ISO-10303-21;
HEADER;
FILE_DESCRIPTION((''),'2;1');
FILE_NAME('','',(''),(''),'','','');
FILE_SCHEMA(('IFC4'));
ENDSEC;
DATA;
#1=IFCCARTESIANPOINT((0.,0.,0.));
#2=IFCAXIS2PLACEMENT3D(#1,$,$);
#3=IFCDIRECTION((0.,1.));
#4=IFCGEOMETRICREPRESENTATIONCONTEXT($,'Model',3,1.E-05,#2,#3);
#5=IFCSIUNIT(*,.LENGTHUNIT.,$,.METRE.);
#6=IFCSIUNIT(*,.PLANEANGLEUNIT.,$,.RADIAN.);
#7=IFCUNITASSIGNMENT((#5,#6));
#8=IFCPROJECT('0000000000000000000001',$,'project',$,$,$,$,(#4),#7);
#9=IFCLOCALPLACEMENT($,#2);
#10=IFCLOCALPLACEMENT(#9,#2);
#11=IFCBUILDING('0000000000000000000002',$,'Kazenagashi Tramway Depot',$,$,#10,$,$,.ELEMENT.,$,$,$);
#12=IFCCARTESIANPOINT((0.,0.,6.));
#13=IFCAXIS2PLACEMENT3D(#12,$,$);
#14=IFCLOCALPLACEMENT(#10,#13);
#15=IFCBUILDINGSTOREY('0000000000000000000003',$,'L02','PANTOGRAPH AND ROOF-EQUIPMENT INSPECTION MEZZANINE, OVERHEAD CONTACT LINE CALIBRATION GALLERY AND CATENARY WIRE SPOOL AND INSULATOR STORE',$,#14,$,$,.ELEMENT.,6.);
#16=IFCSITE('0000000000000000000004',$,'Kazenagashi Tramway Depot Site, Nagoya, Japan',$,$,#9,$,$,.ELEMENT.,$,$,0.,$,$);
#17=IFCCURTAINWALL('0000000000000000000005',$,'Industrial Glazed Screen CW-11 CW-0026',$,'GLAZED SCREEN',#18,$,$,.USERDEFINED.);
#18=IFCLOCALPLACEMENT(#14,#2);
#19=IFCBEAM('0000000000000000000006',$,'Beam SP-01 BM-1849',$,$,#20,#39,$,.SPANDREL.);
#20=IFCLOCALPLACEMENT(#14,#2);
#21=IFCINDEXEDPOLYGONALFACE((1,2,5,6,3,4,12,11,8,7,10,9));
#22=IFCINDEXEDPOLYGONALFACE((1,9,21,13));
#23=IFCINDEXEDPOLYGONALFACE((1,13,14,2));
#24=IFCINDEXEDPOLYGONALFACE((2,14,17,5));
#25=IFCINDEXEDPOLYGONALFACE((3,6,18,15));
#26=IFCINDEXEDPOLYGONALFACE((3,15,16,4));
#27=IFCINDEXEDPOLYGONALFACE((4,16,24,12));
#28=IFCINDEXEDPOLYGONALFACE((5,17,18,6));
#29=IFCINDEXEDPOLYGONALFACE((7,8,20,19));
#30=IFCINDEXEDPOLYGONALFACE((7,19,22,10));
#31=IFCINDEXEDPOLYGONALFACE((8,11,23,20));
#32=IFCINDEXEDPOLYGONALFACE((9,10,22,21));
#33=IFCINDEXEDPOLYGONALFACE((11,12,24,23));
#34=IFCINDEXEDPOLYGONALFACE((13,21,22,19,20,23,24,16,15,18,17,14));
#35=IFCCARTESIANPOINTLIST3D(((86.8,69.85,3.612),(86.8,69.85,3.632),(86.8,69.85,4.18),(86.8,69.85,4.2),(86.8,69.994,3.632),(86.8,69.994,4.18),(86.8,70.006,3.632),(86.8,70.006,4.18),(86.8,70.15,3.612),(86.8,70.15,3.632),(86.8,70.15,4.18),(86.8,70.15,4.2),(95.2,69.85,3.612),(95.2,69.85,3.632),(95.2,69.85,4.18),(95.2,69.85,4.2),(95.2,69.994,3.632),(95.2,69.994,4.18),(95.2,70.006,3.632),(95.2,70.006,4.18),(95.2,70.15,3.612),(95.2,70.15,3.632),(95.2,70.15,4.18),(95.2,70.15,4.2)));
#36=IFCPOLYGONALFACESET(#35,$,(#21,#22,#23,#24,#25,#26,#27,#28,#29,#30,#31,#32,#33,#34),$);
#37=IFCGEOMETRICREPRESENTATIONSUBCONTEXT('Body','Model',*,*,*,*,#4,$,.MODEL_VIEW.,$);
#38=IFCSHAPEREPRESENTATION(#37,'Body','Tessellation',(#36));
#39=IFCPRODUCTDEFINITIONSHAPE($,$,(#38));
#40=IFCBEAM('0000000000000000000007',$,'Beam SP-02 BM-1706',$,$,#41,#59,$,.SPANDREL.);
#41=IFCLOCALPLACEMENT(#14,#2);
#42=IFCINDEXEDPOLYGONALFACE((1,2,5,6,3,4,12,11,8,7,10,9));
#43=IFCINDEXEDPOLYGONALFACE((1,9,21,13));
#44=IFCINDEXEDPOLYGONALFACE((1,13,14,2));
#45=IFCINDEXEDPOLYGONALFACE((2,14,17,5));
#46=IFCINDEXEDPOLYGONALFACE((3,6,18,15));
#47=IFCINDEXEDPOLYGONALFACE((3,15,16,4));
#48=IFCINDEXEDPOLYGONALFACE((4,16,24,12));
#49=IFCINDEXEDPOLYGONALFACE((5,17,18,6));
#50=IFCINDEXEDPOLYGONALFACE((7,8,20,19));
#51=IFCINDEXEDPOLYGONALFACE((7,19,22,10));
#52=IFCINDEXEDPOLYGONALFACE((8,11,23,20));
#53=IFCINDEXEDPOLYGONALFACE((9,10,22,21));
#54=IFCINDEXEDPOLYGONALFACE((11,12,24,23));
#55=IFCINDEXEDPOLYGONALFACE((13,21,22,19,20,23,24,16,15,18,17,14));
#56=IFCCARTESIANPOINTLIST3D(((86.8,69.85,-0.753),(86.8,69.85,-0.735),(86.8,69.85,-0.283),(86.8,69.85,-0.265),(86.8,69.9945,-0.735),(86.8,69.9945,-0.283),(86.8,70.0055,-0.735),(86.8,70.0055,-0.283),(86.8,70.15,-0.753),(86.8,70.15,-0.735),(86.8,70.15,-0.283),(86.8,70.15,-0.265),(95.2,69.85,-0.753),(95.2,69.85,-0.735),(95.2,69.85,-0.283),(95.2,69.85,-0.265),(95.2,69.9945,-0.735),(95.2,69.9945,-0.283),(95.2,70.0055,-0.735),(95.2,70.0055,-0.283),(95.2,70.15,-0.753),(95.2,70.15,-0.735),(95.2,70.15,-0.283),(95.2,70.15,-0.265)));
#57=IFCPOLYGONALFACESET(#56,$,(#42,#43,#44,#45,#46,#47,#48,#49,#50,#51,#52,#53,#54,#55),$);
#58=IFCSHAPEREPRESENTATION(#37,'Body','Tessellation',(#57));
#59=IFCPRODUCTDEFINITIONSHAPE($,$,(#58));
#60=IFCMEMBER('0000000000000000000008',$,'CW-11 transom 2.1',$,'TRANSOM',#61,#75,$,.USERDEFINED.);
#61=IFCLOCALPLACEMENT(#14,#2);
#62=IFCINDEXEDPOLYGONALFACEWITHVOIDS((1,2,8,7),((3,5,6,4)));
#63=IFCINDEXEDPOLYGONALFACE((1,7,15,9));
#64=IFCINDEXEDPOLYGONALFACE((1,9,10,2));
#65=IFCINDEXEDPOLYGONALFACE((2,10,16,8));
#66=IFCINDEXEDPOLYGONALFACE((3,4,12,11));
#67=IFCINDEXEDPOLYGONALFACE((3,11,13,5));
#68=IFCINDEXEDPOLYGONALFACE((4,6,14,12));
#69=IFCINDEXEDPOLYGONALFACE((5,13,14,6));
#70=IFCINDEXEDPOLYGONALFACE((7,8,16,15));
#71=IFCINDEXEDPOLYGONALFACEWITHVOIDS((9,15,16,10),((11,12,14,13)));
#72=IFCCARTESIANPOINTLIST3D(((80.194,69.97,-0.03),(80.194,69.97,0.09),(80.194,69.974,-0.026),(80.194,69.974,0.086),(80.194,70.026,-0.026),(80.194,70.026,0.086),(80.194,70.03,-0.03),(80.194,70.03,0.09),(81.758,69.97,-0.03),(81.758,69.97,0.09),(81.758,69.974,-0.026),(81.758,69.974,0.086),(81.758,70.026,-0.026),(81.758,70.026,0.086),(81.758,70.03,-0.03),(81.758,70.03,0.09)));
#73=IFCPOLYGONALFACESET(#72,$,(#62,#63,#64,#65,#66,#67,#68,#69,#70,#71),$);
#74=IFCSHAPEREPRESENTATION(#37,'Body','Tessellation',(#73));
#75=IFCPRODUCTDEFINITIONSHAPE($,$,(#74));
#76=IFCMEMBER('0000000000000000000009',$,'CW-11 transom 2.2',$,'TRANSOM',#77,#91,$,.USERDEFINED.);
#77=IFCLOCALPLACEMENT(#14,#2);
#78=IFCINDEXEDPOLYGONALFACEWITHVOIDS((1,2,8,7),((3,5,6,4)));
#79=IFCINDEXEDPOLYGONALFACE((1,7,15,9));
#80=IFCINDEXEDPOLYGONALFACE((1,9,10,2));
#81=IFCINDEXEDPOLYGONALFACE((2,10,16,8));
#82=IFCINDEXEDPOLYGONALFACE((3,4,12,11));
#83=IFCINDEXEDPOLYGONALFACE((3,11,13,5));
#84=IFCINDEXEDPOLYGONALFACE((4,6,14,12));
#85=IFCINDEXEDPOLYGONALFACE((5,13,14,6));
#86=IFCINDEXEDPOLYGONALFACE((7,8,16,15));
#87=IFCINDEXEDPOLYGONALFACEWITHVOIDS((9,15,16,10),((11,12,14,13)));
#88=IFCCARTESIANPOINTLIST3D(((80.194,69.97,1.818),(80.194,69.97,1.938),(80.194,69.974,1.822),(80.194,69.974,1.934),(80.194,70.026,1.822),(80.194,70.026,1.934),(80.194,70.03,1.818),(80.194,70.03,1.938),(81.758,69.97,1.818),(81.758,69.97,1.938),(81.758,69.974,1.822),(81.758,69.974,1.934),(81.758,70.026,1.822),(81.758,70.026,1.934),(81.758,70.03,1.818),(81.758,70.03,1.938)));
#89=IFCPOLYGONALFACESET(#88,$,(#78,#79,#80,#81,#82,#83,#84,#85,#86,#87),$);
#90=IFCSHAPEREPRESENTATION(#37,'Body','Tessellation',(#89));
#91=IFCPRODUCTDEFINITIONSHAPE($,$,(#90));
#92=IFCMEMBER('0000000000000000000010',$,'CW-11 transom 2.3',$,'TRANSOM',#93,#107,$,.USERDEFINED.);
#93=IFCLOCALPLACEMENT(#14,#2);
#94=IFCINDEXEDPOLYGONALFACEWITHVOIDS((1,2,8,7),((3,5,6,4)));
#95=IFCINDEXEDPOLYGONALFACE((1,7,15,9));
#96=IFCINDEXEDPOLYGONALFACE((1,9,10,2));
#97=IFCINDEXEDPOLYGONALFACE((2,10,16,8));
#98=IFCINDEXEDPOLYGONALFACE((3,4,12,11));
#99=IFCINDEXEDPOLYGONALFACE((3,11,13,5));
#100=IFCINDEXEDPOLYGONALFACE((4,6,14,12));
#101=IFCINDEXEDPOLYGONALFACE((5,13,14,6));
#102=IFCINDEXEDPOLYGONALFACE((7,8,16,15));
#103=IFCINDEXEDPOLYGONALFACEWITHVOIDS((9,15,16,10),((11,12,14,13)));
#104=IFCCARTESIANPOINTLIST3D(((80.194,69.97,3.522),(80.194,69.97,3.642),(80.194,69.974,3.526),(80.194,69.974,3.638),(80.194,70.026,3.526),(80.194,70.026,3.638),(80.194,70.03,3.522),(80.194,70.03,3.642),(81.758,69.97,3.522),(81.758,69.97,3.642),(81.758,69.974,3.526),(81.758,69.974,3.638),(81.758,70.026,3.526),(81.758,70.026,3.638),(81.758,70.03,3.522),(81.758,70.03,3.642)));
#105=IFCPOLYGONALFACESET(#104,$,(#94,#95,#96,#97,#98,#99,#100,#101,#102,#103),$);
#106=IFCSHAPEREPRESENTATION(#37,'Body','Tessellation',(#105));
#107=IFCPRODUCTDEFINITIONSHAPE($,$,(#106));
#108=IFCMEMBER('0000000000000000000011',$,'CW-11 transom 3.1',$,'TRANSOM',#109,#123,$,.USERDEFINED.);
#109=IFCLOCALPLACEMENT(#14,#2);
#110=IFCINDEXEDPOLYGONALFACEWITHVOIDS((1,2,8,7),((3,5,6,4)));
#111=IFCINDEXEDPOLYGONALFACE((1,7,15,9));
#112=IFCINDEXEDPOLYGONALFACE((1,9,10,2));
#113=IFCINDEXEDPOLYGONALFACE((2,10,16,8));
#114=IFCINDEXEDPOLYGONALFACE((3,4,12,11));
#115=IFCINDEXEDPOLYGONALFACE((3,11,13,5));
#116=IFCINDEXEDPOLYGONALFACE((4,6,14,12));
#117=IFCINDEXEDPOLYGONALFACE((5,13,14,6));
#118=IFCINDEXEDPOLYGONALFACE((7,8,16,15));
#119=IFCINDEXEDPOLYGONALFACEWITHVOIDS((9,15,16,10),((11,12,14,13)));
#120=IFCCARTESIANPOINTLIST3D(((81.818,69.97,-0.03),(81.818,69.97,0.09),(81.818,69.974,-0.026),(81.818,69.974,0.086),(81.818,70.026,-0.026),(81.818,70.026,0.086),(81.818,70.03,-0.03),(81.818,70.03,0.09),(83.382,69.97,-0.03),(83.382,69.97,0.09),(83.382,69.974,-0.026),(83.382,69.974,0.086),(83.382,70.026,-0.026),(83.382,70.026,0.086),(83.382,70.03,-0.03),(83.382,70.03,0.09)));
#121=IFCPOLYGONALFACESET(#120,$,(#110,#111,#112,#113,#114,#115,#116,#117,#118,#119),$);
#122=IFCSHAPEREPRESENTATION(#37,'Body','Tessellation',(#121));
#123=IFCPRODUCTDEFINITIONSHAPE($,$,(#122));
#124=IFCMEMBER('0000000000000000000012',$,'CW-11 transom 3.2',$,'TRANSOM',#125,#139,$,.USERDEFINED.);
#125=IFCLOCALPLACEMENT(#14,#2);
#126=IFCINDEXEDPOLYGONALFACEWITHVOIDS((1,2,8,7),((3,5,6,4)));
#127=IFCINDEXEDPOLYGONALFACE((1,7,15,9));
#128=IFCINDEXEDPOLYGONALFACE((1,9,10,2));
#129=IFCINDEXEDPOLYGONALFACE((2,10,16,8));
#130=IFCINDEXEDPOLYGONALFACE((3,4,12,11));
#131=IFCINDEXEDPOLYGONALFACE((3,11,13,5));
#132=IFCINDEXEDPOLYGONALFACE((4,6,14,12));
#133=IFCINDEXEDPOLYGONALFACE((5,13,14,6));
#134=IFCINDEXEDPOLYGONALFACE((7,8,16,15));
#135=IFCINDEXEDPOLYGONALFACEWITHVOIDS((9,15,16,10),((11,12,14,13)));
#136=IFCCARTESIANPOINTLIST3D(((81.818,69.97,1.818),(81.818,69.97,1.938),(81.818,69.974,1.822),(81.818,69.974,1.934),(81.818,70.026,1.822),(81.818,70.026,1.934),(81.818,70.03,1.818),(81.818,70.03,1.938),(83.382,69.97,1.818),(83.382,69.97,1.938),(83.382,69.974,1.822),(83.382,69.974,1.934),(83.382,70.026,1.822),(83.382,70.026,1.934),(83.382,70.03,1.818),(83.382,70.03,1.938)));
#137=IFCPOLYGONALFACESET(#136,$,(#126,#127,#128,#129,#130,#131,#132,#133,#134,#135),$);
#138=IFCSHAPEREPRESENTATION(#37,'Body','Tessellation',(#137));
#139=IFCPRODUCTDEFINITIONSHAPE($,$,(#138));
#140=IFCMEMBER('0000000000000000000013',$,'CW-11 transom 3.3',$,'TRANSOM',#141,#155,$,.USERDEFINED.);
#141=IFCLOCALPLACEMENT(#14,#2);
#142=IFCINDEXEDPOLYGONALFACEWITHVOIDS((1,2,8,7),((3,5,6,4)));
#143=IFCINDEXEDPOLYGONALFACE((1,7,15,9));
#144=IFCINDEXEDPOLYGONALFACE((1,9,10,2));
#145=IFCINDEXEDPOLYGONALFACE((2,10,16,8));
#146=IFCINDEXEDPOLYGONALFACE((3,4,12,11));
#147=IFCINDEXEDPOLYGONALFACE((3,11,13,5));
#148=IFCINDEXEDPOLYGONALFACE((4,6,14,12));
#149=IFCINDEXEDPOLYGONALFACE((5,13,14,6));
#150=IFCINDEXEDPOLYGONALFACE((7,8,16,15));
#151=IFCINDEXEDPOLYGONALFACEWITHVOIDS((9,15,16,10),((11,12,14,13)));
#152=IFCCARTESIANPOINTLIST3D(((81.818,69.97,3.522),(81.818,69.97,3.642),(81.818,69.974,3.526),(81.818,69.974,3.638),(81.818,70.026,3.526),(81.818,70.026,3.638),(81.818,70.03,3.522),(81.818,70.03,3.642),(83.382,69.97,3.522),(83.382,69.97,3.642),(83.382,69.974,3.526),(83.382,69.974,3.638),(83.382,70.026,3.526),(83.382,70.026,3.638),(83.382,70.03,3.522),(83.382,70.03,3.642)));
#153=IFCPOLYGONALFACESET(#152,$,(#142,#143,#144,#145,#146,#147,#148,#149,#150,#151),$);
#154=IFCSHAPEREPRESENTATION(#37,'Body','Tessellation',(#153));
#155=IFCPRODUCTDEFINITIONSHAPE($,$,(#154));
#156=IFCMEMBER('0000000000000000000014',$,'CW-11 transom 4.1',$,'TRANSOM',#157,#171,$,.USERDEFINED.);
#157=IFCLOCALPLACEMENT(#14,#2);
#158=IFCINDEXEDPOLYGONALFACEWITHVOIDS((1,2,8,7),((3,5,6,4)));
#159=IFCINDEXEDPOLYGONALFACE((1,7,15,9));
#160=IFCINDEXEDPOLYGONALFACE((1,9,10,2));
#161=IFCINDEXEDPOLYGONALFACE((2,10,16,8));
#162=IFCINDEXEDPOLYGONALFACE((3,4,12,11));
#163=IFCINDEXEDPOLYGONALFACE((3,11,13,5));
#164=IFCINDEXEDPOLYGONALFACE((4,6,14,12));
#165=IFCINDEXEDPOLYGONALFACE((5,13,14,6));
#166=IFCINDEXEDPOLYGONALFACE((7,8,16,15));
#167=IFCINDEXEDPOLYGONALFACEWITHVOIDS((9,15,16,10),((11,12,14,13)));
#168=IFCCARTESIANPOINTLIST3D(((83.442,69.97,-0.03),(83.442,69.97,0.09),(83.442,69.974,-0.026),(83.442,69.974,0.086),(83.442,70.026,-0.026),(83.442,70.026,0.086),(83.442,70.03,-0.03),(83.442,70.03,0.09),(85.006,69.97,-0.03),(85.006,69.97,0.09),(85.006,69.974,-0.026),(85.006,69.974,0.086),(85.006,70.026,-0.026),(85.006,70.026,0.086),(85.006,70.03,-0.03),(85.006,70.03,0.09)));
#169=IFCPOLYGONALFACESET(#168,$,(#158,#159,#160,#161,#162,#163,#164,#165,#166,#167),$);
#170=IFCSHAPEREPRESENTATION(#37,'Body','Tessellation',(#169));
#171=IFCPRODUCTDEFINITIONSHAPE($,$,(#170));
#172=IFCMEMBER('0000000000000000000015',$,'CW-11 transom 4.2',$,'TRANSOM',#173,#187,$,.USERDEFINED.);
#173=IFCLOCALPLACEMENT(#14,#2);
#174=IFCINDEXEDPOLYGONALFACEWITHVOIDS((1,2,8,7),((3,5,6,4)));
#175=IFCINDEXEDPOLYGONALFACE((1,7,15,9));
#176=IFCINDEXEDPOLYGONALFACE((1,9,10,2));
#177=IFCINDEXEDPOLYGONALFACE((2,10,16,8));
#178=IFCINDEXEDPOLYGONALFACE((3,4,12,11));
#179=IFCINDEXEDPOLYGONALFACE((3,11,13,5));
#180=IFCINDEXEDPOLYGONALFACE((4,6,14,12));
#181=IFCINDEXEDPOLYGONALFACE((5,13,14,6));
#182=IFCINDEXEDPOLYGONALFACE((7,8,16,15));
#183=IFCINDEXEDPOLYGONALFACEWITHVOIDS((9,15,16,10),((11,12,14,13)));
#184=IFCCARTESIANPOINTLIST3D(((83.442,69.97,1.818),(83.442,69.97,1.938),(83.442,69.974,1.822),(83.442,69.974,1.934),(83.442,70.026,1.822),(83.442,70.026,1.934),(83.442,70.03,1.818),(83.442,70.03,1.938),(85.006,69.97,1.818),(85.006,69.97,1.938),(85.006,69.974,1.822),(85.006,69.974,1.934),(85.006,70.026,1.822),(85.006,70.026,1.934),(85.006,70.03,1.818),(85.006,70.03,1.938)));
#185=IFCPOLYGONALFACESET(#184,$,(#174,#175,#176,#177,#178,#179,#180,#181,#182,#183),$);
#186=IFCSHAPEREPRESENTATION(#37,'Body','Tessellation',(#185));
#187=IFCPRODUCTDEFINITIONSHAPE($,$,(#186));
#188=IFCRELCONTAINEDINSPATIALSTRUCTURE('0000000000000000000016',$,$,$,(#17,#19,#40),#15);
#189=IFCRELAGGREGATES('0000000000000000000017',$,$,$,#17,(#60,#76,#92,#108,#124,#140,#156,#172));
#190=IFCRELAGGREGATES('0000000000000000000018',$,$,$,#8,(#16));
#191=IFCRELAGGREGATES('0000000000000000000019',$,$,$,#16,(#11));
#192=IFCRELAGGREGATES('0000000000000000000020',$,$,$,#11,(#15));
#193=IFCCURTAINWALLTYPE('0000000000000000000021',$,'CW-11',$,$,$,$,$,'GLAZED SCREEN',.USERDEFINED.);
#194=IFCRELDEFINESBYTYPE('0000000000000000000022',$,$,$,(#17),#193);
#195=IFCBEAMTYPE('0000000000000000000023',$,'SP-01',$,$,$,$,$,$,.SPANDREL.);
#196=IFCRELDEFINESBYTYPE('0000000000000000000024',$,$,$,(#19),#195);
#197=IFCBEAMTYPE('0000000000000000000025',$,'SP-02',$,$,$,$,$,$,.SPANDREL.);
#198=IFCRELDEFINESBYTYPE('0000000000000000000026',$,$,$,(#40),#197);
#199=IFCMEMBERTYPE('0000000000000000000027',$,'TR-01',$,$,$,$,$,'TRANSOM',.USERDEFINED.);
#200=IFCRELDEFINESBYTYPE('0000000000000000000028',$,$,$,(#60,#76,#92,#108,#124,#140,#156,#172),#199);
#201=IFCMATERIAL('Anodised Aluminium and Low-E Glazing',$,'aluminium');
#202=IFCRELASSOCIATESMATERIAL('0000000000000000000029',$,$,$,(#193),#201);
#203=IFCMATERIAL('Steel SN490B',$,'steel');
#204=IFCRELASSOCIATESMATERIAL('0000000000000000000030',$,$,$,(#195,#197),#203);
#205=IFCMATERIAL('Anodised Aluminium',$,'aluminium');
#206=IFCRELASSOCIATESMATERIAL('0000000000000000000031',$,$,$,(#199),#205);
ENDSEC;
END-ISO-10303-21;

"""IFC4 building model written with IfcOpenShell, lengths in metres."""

from ifc_helpers import new_model, si_unit, direction, frame, origin, origin_2d, place, context, subcontext, project, spatial, hollow_rectangle, i_section, extrude, material, material_profile, profile_set, type_object, element, aggregate, save


model = new_model("IFC4")

# Units and contexts
model_context = context("Model", 3, precision=1e-05, world=origin(), true_north=direction((0.0, 1.0)))
body_context = subcontext(model_context, "Body", "Model", "MODEL_VIEW")
ifc_project = project(units=[si_unit("LENGTHUNIT", "METRE"), si_unit("PLANEANGLEUNIT", "RADIAN")], contexts=[model_context])

# Site, building, storey
site_placement = place(None, origin())
site = spatial("IfcSite", under=ifc_project, at=site_placement, Name="Kazenagashi Tramway Depot Site, Nagoya, Japan", CompositionType="ELEMENT", RefElevation=0.0)
building_placement = place(site_placement, origin())
building = spatial("IfcBuilding", under=site, at=building_placement, Name="Kazenagashi Tramway Depot", CompositionType="ELEMENT")
storey_placement = place(building_placement, frame((0.0, 0.0, 6.0)))
storey = spatial("IfcBuildingStorey", under=building, at=storey_placement, Name="L02", Description="PANTOGRAPH AND ROOF-EQUIPMENT INSPECTION MEZZANINE, OVERHEAD CONTACT LINE CALIBRATION GALLERY AND CATENARY WIRE SPOOL AND INSULATOR STORE", CompositionType="ELEMENT", Elevation=6.0)

# Shared definitions
ifc_material_1 = material(Name="Steel SN490B", Category="steel")

# Curtain wall
ifc_material_2 = material(Name="Anodised Aluminium and Low-E Glazing", Category="aluminium")
curtain_wall_type_1 = type_object("IfcCurtainWallType", Name="CW-11", ElementType="GLAZED SCREEN", PredefinedType="USERDEFINED", material=ifc_material_2)
curtain_wall_1_placement = place(storey_placement, origin())
curtain_wall_1 = element("IfcCurtainWall", 1, at=curtain_wall_1_placement, inside=storey, type_object=curtain_wall_type_1, Name="Industrial Glazed Screen CW-11 CW-0026", ObjectType="GLAZED SCREEN", PredefinedType="USERDEFINED")
ifc_material_3 = material(Name="Anodised Aluminium", Category="aluminium")

# Beams
ifc_material_profile_1 = material_profile(ifc_material_1, i_section(OverallWidth=0.3, OverallDepth=0.588, WebThickness=0.012, FlangeThickness=0.02, at=origin_2d()), Name="H-588x300x12x20")
ifc_profile_set_1 = profile_set([ifc_material_profile_1], Name="Steel SN490B")
beam_type_1 = type_object("IfcBeamType", Name="SP-01", PredefinedType="SPANDREL", material=ifc_profile_set_1)
beam_1_placement = place(storey_placement, frame((86.8, 70.0, 3.906), z_axis=(1.0, 0.0, 0.0), x_axis=(0.0, 1.0, 0.0)))
element("IfcBeam", 2, at=beam_1_placement, inside=storey, type_object=beam_type_1, Name="Beam SP-01 BM-1849", PredefinedType="SPANDREL", context=body_context, shape_type="SweptSolid", body=[
    extrude(i_section(OverallWidth=0.3, OverallDepth=0.588, WebThickness=0.012, FlangeThickness=0.02, at=origin_2d()), origin(), (0.0, 0.0, 1.0), 8.4),
])
ifc_material_profile_2 = material_profile(ifc_material_1, i_section(OverallWidth=0.3, OverallDepth=0.488, WebThickness=0.011, FlangeThickness=0.018, at=origin_2d()), Name="H-488x300x11x18")
ifc_profile_set_2 = profile_set([ifc_material_profile_2], Name="Steel SN490B")
beam_type_2 = type_object("IfcBeamType", Name="SP-02", PredefinedType="SPANDREL", material=ifc_profile_set_2)
beam_2_placement = place(storey_placement, frame((86.8, 70.0, -0.509), z_axis=(1.0, 0.0, 0.0), x_axis=(0.0, 1.0, 0.0)))
element("IfcBeam", 3, at=beam_2_placement, inside=storey, type_object=beam_type_2, Name="Beam SP-02 BM-1706", PredefinedType="SPANDREL", context=body_context, shape_type="SweptSolid", body=[
    extrude(i_section(OverallWidth=0.3, OverallDepth=0.488, WebThickness=0.011, FlangeThickness=0.018, at=origin_2d()), origin(), (0.0, 0.0, 1.0), 8.4),
])

# Members
ifc_material_profile_3 = material_profile(ifc_material_3, hollow_rectangle(XDim=0.06, YDim=0.12, WallThickness=0.004, at=origin_2d()), Name="RHS-120x60x4")
ifc_profile_set_3 = profile_set([ifc_material_profile_3], Name="Anodised Aluminium")
member_type_1 = type_object("IfcMemberType", Name="TR-01", ElementType="TRANSOM", PredefinedType="USERDEFINED", material=ifc_profile_set_3)
member_1_placement = place(storey_placement, frame((80.194, 70.0, 0.03), z_axis=(1.0, 0.0, 0.0), x_axis=(0.0, 1.0, 0.0)))
member_1 = element("IfcMember", 4, at=member_1_placement, type_object=member_type_1, Name="CW-11 transom 2.1", ObjectType="TRANSOM", PredefinedType="USERDEFINED", context=body_context, shape_type="SweptSolid", body=[
    extrude(hollow_rectangle(XDim=0.06, YDim=0.12, WallThickness=0.004, at=origin_2d()), origin(), (0.0, 0.0, 1.0), 1.564),
])
member_2_placement = place(storey_placement, frame((80.194, 70.0, 1.878), z_axis=(1.0, 0.0, 0.0), x_axis=(0.0, 1.0, 0.0)))
member_2 = element("IfcMember", 5, at=member_2_placement, type_object=member_type_1, Name="CW-11 transom 2.2", ObjectType="TRANSOM", PredefinedType="USERDEFINED", context=body_context, shape_type="SweptSolid", body=[
    extrude(hollow_rectangle(XDim=0.06, YDim=0.12, WallThickness=0.004, at=origin_2d()), origin(), (0.0, 0.0, 1.0), 1.564),
])
member_3_placement = place(storey_placement, frame((80.194, 70.0, 3.582), z_axis=(1.0, 0.0, 0.0), x_axis=(0.0, 1.0, 0.0)))
member_3 = element("IfcMember", 6, at=member_3_placement, type_object=member_type_1, Name="CW-11 transom 2.3", ObjectType="TRANSOM", PredefinedType="USERDEFINED", context=body_context, shape_type="SweptSolid", body=[
    extrude(hollow_rectangle(XDim=0.06, YDim=0.12, WallThickness=0.004, at=origin_2d()), origin(), (0.0, 0.0, 1.0), 1.564),
])
member_4_placement = place(storey_placement, frame((81.818, 70.0, 0.03), z_axis=(1.0, 0.0, 0.0), x_axis=(0.0, 1.0, 0.0)))
member_4 = element("IfcMember", 7, at=member_4_placement, type_object=member_type_1, Name="CW-11 transom 3.1", ObjectType="TRANSOM", PredefinedType="USERDEFINED", context=body_context, shape_type="SweptSolid", body=[
    extrude(hollow_rectangle(XDim=0.06, YDim=0.12, WallThickness=0.004, at=origin_2d()), origin(), (0.0, 0.0, 1.0), 1.564),
])
member_5_placement = place(storey_placement, frame((81.818, 70.0, 1.878), z_axis=(1.0, 0.0, 0.0), x_axis=(0.0, 1.0, 0.0)))
member_5 = element("IfcMember", 8, at=member_5_placement, type_object=member_type_1, Name="CW-11 transom 3.2", ObjectType="TRANSOM", PredefinedType="USERDEFINED", context=body_context, shape_type="SweptSolid", body=[
    extrude(hollow_rectangle(XDim=0.06, YDim=0.12, WallThickness=0.004, at=origin_2d()), origin(), (0.0, 0.0, 1.0), 1.564),
])
member_6_placement = place(storey_placement, frame((81.818, 70.0, 3.582), z_axis=(1.0, 0.0, 0.0), x_axis=(0.0, 1.0, 0.0)))
member_6 = element("IfcMember", 9, at=member_6_placement, type_object=member_type_1, Name="CW-11 transom 3.3", ObjectType="TRANSOM", PredefinedType="USERDEFINED", context=body_context, shape_type="SweptSolid", body=[
    extrude(hollow_rectangle(XDim=0.06, YDim=0.12, WallThickness=0.004, at=origin_2d()), origin(), (0.0, 0.0, 1.0), 1.564),
])
member_7_placement = place(storey_placement, frame((83.442, 70.0, 0.03), z_axis=(1.0, 0.0, 0.0), x_axis=(0.0, 1.0, 0.0)))
member_7 = element("IfcMember", 10, at=member_7_placement, type_object=member_type_1, Name="CW-11 transom 4.1", ObjectType="TRANSOM", PredefinedType="USERDEFINED", context=body_context, shape_type="SweptSolid", body=[
    extrude(hollow_rectangle(XDim=0.06, YDim=0.12, WallThickness=0.004, at=origin_2d()), origin(), (0.0, 0.0, 1.0), 1.564),
])
member_8_placement = place(storey_placement, frame((83.442, 70.0, 1.878), z_axis=(1.0, 0.0, 0.0), x_axis=(0.0, 1.0, 0.0)))
member_8 = element("IfcMember", 11, at=member_8_placement, type_object=member_type_1, Name="CW-11 transom 4.2", ObjectType="TRANSOM", PredefinedType="USERDEFINED", context=body_context, shape_type="SweptSolid", body=[
    extrude(hollow_rectangle(XDim=0.06, YDim=0.12, WallThickness=0.004, at=origin_2d()), origin(), (0.0, 0.0, 1.0), 1.564),
])

aggregate(curtain_wall_1, [member_1, member_2, member_3, member_4, member_5, member_6, member_7, member_8])

save(model, "model.ifc")
